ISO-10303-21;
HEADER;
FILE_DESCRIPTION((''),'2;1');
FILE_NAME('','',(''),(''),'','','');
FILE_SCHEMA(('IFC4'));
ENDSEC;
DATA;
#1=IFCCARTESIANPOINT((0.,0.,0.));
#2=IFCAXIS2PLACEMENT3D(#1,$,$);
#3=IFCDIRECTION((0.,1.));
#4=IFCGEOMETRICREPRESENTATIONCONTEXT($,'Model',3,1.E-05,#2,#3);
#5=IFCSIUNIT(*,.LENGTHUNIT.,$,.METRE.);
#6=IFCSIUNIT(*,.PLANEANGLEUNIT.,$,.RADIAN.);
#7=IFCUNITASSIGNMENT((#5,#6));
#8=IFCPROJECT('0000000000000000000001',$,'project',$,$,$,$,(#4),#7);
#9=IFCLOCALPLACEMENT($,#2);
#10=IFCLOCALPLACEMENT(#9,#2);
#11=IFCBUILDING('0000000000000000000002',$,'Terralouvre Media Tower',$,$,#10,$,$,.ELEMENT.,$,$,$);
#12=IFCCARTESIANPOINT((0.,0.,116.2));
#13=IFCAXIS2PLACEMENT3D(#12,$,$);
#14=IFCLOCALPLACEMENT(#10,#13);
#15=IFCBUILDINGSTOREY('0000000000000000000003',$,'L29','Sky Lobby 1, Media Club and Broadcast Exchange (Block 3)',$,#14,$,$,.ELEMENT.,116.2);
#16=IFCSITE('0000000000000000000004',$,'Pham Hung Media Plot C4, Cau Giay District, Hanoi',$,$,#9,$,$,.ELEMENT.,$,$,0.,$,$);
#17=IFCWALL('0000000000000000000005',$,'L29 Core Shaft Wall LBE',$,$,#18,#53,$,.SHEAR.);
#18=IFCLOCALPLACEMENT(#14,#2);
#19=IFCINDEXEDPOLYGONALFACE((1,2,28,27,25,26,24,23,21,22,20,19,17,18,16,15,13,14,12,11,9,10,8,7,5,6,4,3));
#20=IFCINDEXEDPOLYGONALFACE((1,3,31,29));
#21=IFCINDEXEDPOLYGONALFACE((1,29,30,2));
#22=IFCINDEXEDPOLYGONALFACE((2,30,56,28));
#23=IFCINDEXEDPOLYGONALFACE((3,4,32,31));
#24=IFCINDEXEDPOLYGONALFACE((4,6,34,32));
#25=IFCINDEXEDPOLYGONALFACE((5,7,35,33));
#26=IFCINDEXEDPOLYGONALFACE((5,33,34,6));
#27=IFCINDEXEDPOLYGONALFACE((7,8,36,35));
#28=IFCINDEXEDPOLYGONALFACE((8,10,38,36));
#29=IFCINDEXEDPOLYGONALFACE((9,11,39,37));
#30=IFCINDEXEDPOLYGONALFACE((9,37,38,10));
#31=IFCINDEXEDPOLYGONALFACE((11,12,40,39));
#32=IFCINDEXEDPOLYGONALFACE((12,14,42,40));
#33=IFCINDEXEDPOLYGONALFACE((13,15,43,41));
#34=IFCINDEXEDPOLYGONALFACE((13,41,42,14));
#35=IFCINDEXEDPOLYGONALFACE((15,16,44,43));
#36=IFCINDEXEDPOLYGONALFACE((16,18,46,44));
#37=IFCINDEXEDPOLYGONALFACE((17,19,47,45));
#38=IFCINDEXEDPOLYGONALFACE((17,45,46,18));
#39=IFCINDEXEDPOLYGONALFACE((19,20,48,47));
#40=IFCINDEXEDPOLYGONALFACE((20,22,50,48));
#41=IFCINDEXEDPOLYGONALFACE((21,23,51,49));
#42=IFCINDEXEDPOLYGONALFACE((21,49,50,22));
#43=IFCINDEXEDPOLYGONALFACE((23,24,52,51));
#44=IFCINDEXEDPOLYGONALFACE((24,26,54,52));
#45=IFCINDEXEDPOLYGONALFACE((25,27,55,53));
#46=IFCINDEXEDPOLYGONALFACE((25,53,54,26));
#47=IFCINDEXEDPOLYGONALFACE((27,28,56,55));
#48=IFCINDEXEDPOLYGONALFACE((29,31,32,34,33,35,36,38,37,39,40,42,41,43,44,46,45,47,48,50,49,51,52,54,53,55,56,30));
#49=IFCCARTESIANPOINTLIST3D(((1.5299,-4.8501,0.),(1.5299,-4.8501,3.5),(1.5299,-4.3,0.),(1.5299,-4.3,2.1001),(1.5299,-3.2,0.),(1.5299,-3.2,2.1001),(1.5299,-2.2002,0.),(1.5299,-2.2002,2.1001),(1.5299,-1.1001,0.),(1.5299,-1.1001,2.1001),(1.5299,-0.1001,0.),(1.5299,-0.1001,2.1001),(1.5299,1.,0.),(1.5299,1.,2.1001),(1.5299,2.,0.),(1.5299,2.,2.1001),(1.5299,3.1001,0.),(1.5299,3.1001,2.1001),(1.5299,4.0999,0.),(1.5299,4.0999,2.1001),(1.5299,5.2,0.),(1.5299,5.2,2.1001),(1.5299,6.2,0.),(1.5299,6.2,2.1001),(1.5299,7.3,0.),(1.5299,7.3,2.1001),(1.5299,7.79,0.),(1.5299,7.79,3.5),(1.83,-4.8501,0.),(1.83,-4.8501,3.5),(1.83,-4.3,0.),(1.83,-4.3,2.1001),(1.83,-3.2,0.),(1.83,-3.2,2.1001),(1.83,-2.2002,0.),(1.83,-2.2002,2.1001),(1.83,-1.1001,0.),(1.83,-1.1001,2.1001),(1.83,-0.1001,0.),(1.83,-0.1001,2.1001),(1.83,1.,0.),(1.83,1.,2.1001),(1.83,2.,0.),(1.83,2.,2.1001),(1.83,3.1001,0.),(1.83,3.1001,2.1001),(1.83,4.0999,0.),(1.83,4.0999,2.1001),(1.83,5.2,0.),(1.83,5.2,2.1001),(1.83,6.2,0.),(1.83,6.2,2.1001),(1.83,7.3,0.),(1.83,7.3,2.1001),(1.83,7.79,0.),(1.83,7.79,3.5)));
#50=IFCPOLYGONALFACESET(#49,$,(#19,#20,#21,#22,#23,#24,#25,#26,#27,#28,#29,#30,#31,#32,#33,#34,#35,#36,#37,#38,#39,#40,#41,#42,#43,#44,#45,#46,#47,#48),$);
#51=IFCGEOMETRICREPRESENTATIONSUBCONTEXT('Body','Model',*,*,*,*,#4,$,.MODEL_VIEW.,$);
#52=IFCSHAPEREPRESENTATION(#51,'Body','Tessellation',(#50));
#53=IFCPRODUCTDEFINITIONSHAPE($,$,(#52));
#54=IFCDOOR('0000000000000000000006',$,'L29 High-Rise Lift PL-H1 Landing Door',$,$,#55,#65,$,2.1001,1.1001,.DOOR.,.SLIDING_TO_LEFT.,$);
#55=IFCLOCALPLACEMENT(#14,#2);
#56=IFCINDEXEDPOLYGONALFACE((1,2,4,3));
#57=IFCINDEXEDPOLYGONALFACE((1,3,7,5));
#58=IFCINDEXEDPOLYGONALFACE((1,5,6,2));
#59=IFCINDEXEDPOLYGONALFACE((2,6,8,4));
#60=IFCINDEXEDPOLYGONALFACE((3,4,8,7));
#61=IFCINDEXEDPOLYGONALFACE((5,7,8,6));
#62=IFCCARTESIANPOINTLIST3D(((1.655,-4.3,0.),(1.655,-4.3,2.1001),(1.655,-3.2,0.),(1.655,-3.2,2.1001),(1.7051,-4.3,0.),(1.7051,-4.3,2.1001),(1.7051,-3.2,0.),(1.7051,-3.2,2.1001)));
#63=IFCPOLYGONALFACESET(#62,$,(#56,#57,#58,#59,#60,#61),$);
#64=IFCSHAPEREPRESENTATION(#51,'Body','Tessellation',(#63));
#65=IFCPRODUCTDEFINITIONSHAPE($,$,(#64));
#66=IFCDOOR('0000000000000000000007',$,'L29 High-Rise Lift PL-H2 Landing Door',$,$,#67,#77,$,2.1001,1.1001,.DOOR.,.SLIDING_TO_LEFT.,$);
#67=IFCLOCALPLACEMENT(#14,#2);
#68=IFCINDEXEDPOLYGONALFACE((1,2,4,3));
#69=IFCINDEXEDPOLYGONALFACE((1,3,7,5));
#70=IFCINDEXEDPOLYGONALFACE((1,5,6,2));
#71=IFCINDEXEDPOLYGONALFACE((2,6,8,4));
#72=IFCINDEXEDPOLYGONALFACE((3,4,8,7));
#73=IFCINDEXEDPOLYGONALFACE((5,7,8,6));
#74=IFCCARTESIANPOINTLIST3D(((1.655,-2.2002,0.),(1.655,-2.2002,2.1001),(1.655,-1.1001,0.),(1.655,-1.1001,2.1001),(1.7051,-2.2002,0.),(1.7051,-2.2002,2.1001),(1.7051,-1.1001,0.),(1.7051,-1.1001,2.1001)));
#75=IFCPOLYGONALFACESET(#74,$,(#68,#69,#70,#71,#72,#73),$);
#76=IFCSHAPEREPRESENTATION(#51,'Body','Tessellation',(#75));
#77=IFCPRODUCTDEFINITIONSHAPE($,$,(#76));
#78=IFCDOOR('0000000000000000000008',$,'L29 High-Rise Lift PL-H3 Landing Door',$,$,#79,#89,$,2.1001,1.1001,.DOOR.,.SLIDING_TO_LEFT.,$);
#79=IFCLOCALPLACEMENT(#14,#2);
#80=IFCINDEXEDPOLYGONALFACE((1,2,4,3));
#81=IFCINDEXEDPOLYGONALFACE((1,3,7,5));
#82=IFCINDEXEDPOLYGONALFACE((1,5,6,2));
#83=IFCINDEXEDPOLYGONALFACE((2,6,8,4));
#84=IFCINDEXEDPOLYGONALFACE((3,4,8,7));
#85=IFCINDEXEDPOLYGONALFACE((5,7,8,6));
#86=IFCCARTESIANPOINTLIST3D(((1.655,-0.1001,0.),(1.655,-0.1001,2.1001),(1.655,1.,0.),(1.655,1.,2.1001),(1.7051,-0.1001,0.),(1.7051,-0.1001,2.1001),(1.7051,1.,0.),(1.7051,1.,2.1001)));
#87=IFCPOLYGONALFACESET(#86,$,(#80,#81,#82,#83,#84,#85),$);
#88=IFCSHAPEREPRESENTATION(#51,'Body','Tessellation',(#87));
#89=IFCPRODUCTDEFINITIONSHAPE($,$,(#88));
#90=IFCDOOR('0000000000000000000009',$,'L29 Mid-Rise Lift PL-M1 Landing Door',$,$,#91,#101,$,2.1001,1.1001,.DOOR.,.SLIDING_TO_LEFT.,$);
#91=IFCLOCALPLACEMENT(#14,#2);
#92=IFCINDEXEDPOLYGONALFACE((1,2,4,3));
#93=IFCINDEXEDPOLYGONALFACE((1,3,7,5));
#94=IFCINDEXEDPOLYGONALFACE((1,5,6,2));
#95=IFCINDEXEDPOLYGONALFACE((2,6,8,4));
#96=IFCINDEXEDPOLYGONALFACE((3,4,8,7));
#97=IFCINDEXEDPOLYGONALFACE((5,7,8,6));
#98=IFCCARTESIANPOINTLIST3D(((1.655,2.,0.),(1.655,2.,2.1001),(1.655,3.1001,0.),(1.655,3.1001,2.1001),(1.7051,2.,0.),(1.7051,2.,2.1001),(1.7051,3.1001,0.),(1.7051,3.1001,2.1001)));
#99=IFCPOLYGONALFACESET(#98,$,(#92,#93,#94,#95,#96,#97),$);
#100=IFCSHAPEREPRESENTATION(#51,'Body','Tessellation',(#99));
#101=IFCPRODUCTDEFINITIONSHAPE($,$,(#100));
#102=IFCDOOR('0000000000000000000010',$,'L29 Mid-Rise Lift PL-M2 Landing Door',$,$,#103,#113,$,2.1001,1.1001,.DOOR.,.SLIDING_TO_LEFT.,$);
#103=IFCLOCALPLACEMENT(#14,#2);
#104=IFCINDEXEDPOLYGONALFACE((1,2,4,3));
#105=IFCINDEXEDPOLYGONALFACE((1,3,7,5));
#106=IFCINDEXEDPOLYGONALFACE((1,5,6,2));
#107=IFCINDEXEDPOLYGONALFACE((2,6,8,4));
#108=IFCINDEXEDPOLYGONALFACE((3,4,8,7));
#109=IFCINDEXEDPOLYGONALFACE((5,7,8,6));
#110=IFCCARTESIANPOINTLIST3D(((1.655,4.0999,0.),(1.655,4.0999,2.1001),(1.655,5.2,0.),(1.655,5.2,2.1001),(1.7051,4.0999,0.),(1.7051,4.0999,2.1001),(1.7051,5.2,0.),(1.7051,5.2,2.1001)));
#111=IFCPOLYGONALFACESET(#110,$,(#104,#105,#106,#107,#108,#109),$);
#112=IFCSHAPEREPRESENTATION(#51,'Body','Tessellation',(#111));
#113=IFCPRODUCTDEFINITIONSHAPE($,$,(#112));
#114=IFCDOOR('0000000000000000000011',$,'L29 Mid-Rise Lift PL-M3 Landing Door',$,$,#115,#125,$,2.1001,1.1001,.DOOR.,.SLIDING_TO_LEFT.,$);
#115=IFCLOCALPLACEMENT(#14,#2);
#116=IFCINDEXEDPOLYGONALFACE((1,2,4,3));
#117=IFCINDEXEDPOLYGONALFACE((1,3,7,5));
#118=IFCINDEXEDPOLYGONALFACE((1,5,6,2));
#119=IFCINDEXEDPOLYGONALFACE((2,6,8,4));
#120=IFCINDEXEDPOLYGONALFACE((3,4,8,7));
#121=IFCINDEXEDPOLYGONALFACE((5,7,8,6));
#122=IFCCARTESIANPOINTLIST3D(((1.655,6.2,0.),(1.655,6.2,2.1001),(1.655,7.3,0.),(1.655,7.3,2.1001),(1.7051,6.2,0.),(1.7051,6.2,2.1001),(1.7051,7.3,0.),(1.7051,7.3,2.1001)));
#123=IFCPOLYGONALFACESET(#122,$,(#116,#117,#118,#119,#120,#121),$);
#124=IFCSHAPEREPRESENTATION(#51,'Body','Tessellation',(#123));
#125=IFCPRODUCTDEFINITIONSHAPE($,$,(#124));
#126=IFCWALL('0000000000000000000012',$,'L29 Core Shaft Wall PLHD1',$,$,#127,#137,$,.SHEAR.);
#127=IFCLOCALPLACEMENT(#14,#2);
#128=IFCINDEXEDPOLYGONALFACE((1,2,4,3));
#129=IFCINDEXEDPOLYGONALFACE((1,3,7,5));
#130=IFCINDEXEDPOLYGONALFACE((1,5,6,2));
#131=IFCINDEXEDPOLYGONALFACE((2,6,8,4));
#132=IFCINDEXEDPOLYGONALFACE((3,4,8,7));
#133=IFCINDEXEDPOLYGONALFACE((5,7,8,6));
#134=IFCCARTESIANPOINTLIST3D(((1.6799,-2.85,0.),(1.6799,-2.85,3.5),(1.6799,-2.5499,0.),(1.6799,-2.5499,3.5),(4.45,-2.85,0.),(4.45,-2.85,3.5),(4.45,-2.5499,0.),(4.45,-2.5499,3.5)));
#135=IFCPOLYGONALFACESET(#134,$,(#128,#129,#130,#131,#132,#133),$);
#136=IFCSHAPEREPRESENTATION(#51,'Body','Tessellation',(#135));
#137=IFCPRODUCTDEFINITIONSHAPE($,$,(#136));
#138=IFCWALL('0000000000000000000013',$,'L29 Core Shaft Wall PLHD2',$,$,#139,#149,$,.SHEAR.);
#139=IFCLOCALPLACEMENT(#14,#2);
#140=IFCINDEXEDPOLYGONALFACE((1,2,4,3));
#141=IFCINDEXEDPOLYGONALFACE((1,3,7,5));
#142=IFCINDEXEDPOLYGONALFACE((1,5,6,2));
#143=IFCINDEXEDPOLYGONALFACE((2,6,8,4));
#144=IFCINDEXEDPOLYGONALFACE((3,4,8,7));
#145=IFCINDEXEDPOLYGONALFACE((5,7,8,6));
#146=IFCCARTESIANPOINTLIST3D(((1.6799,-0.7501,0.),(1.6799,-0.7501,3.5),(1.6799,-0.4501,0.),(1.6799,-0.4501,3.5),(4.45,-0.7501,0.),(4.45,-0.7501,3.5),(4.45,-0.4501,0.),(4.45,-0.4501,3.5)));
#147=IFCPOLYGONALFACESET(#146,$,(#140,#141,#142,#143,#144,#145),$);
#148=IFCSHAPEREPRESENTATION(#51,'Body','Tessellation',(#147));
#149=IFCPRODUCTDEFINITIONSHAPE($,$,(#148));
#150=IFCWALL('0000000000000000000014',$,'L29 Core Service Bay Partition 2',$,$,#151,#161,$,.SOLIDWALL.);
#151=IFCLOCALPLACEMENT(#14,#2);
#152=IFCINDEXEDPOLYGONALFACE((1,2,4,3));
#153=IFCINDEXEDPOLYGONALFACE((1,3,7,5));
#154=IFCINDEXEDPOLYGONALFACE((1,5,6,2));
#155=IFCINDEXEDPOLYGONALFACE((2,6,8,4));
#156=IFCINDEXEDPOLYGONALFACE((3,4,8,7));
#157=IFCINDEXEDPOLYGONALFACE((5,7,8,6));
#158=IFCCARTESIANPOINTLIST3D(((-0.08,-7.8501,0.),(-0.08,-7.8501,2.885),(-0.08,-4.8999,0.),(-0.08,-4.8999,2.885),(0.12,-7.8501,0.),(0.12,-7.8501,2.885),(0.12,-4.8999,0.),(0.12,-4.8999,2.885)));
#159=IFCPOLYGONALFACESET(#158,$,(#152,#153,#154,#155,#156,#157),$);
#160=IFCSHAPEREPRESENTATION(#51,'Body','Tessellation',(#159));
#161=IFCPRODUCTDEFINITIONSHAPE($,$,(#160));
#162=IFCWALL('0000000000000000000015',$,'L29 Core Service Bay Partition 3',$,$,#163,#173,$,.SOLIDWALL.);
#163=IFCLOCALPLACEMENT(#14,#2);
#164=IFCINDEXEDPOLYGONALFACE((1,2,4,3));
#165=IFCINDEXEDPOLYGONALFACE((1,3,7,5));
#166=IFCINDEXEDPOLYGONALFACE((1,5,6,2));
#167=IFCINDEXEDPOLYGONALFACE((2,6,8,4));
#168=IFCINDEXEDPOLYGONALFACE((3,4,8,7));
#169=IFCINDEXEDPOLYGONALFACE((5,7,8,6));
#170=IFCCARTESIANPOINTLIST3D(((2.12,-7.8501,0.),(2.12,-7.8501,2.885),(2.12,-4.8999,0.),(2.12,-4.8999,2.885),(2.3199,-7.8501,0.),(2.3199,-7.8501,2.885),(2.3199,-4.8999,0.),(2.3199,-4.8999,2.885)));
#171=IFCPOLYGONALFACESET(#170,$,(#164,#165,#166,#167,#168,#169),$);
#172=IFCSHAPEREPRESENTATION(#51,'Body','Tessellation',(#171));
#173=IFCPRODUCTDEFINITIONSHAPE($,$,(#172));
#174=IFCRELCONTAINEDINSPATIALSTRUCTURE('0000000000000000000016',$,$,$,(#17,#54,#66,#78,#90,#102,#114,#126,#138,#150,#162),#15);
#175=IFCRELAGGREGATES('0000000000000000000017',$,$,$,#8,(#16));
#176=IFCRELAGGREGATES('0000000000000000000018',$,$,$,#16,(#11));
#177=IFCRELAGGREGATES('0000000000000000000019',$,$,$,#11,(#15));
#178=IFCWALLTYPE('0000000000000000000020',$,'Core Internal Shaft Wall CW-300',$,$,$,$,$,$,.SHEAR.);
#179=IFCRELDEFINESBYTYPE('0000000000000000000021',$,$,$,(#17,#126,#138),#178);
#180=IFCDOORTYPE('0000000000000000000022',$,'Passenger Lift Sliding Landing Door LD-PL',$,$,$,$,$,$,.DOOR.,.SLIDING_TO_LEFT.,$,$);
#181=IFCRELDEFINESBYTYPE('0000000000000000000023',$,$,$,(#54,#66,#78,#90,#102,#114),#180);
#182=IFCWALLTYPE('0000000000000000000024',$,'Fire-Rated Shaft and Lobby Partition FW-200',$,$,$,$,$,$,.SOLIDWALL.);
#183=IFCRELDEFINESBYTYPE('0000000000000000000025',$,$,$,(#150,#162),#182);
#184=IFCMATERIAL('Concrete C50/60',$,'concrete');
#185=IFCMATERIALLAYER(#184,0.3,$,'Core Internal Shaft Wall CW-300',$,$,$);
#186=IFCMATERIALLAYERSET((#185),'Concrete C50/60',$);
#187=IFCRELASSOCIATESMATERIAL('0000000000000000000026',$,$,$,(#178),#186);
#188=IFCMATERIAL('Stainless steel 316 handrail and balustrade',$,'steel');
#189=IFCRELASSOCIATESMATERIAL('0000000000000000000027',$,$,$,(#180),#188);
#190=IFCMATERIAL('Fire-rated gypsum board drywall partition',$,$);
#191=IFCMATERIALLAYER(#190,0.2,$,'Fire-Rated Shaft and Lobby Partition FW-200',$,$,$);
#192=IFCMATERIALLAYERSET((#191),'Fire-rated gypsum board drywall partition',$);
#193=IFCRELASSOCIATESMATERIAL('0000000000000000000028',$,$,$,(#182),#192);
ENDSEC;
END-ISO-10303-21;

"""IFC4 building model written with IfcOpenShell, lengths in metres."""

from ifc_helpers import new_model, si_unit, direction, frame, frame_2d, origin, place, context, subcontext, project, spatial, rectangle, extrude, material, layer, layer_set, type_object, element, fill, save


model = new_model("IFC4")

# Units and contexts
model_context = context("Model", 3, precision=1e-05, world=origin(), true_north=direction((0.0, 1.0)))
body_context = subcontext(model_context, "Body", "Model", "MODEL_VIEW")
ifc_project = project(units=[si_unit("LENGTHUNIT", "METRE"), si_unit("PLANEANGLEUNIT", "RADIAN")], contexts=[model_context])

# Site, building, storey
site_placement = place(None, origin())
site = spatial("IfcSite", under=ifc_project, at=site_placement, Name="Pham Hung Media Plot C4, Cau Giay District, Hanoi", CompositionType="ELEMENT", RefElevation=0.0)
building_placement = place(site_placement, origin())
building = spatial("IfcBuilding", under=site, at=building_placement, Name="Terralouvre Media Tower", CompositionType="ELEMENT")
storey_placement = place(building_placement, frame((0.0, 0.0, 116.2)))
storey = spatial("IfcBuildingStorey", under=building, at=storey_placement, Name="L29", Description="Sky Lobby 1, Media Club and Broadcast Exchange (Block 3)", CompositionType="ELEMENT", Elevation=116.2)

# Shared definitions
ifc_material_1 = material(Name="Concrete C50/60", Category="concrete")
ifc_layer_1 = layer(ifc_material_1, 0.3, Name="Core Internal Shaft Wall CW-300")
ifc_layer_set_1 = layer_set([ifc_layer_1], Name="Concrete C50/60")
wall_type_1 = type_object("IfcWallType", Name="Core Internal Shaft Wall CW-300", PredefinedType="SHEAR", material=ifc_layer_set_1)

# Wall, openings, doors
wall_1_placement = place(storey_placement, frame((1.6799, -4.8501, 0.0), z_axis=(0.0, 0.0, 1.0), x_axis=(0.0, 1.0, 0.0)))
wall_1 = element("IfcWall", 1, at=wall_1_placement, inside=storey, type_object=wall_type_1, Name="L29 Core Shaft Wall LBE", PredefinedType="SHEAR", context=body_context, shape_type="SweptSolid", body=[
    extrude(rectangle(XDim=12.6401, YDim=0.3, at=frame_2d((6.3201, 0.0))), origin(), (0.0, 0.0, 1.0), 3.5),
])
opening_1_placement = place(wall_1_placement, frame((0.55, 0.0, 0.0)))
opening_1 = element("IfcOpeningElement", 2, at=opening_1_placement, cuts=wall_1, PredefinedType="OPENING", context=body_context, shape_type="SweptSolid", body=[
    extrude(rectangle(XDim=1.1001, YDim=2.1001, at=frame_2d((0.55, 1.05))), frame((0.0, 0.1599, 0.0), z_axis=(0.0, -1.0, 0.0), x_axis=(1.0, 0.0, 0.0)), (0.0, 0.0, 1.0), 0.3201),
])
opening_2_placement = place(wall_1_placement, frame((2.6499, 0.0, 0.0)))
opening_2 = element("IfcOpeningElement", 3, at=opening_2_placement, cuts=wall_1, PredefinedType="OPENING", context=body_context, shape_type="SweptSolid", body=[
    extrude(rectangle(XDim=1.1001, YDim=2.1001, at=frame_2d((0.55, 1.05))), frame((0.0, 0.1599, 0.0), z_axis=(0.0, -1.0, 0.0), x_axis=(1.0, 0.0, 0.0)), (0.0, 0.0, 1.0), 0.3201),
])
opening_3_placement = place(wall_1_placement, frame((4.75, 0.0, 0.0)))
opening_3 = element("IfcOpeningElement", 4, at=opening_3_placement, cuts=wall_1, PredefinedType="OPENING", context=body_context, shape_type="SweptSolid", body=[
    extrude(rectangle(XDim=1.1001, YDim=2.1001, at=frame_2d((0.55, 1.05))), frame((0.0, 0.1599, 0.0), z_axis=(0.0, -1.0, 0.0), x_axis=(1.0, 0.0, 0.0)), (0.0, 0.0, 1.0), 0.3201),
])
opening_4_placement = place(wall_1_placement, frame((6.8501, 0.0, 0.0)))
opening_4 = element("IfcOpeningElement", 5, at=opening_4_placement, cuts=wall_1, PredefinedType="OPENING", context=body_context, shape_type="SweptSolid", body=[
    extrude(rectangle(XDim=1.1001, YDim=2.1001, at=frame_2d((0.55, 1.05))), frame((0.0, 0.1599, 0.0), z_axis=(0.0, -1.0, 0.0), x_axis=(1.0, 0.0, 0.0)), (0.0, 0.0, 1.0), 0.3201),
])
opening_5_placement = place(wall_1_placement, frame((8.95, 0.0, 0.0)))
opening_5 = element("IfcOpeningElement", 6, at=opening_5_placement, cuts=wall_1, PredefinedType="OPENING", context=body_context, shape_type="SweptSolid", body=[
    extrude(rectangle(XDim=1.1001, YDim=2.1001, at=frame_2d((0.55, 1.05))), frame((0.0, 0.1599, 0.0), z_axis=(0.0, -1.0, 0.0), x_axis=(1.0, 0.0, 0.0)), (0.0, 0.0, 1.0), 0.3201),
])
opening_6_placement = place(wall_1_placement, frame((11.05, 0.0, 0.0)))
opening_6 = element("IfcOpeningElement", 7, at=opening_6_placement, cuts=wall_1, PredefinedType="OPENING", context=body_context, shape_type="SweptSolid", body=[
    extrude(rectangle(XDim=1.1001, YDim=2.1001, at=frame_2d((0.55, 1.05))), frame((0.0, 0.1599, 0.0), z_axis=(0.0, -1.0, 0.0), x_axis=(1.0, 0.0, 0.0)), (0.0, 0.0, 1.0), 0.3201),
])
ifc_material_2 = material(Name="Stainless steel 316 handrail and balustrade", Category="steel")
door_type_1 = type_object("IfcDoorType", Name="Passenger Lift Sliding Landing Door LD-PL", OperationType="SLIDING_TO_LEFT", PredefinedType="DOOR", material=ifc_material_2)
door_1_placement = place(opening_1_placement, origin())
door_1 = element("IfcDoor", 8, at=door_1_placement, inside=storey, type_object=door_type_1, Name="L29 High-Rise Lift PL-H1 Landing Door", OperationType="SLIDING_TO_LEFT", OverallHeight=2.1001, OverallWidth=1.1001, PredefinedType="DOOR", context=body_context, shape_type="SweptSolid", body=[
    extrude(rectangle(XDim=1.1001, YDim=2.1001, at=frame_2d((0.55, 1.05))), frame((0.0, 0.0249, 0.0), z_axis=(0.0, -1.0, 0.0), x_axis=(1.0, 0.0, 0.0)), (0.0, 0.0, 1.0), 0.05),
])
fill(opening_1, door_1)
door_2_placement = place(opening_2_placement, origin())
door_2 = element("IfcDoor", 9, at=door_2_placement, inside=storey, type_object=door_type_1, Name="L29 High-Rise Lift PL-H2 Landing Door", OperationType="SLIDING_TO_LEFT", OverallHeight=2.1001, OverallWidth=1.1001, PredefinedType="DOOR", context=body_context, shape_type="SweptSolid", body=[
    extrude(rectangle(XDim=1.1001, YDim=2.1001, at=frame_2d((0.55, 1.05))), frame((0.0, 0.0249, 0.0), z_axis=(0.0, -1.0, 0.0), x_axis=(1.0, 0.0, 0.0)), (0.0, 0.0, 1.0), 0.05),
])
fill(opening_2, door_2)
door_3_placement = place(opening_3_placement, origin())
door_3 = element("IfcDoor", 10, at=door_3_placement, inside=storey, type_object=door_type_1, Name="L29 High-Rise Lift PL-H3 Landing Door", OperationType="SLIDING_TO_LEFT", OverallHeight=2.1001, OverallWidth=1.1001, PredefinedType="DOOR", context=body_context, shape_type="SweptSolid", body=[
    extrude(rectangle(XDim=1.1001, YDim=2.1001, at=frame_2d((0.55, 1.05))), frame((0.0, 0.0249, 0.0), z_axis=(0.0, -1.0, 0.0), x_axis=(1.0, 0.0, 0.0)), (0.0, 0.0, 1.0), 0.05),
])
fill(opening_3, door_3)
door_4_placement = place(opening_4_placement, origin())
door_4 = element("IfcDoor", 11, at=door_4_placement, inside=storey, type_object=door_type_1, Name="L29 Mid-Rise Lift PL-M1 Landing Door", OperationType="SLIDING_TO_LEFT", OverallHeight=2.1001, OverallWidth=1.1001, PredefinedType="DOOR", context=body_context, shape_type="SweptSolid", body=[
    extrude(rectangle(XDim=1.1001, YDim=2.1001, at=frame_2d((0.55, 1.05))), frame((0.0, 0.0249, 0.0), z_axis=(0.0, -1.0, 0.0), x_axis=(1.0, 0.0, 0.0)), (0.0, 0.0, 1.0), 0.05),
])
fill(opening_4, door_4)
door_5_placement = place(opening_5_placement, origin())
door_5 = element("IfcDoor", 12, at=door_5_placement, inside=storey, type_object=door_type_1, Name="L29 Mid-Rise Lift PL-M2 Landing Door", OperationType="SLIDING_TO_LEFT", OverallHeight=2.1001, OverallWidth=1.1001, PredefinedType="DOOR", context=body_context, shape_type="SweptSolid", body=[
    extrude(rectangle(XDim=1.1001, YDim=2.1001, at=frame_2d((0.55, 1.05))), frame((0.0, 0.0249, 0.0), z_axis=(0.0, -1.0, 0.0), x_axis=(1.0, 0.0, 0.0)), (0.0, 0.0, 1.0), 0.05),
])
fill(opening_5, door_5)
door_6_placement = place(opening_6_placement, origin())
door_6 = element("IfcDoor", 13, at=door_6_placement, inside=storey, type_object=door_type_1, Name="L29 Mid-Rise Lift PL-M3 Landing Door", OperationType="SLIDING_TO_LEFT", OverallHeight=2.1001, OverallWidth=1.1001, PredefinedType="DOOR", context=body_context, shape_type="SweptSolid", body=[
    extrude(rectangle(XDim=1.1001, YDim=2.1001, at=frame_2d((0.55, 1.05))), frame((0.0, 0.0249, 0.0), z_axis=(0.0, -1.0, 0.0), x_axis=(1.0, 0.0, 0.0)), (0.0, 0.0, 1.0), 0.05),
])
fill(opening_6, door_6)

# Walls
for number, where, z_axis, x_axis, name in (
    (14, (1.6799, -2.7, 0.0), (0.0, 0.0, 1.0), (1.0, 0.0, 0.0), "L29 Core Shaft Wall PLHD1"),
    (15, (1.6799, -0.6001, 0.0), (0.0, 0.0, 1.0), (1.0, 0.0, 0.0), "L29 Core Shaft Wall PLHD2"),
):
    element("IfcWall", number, at=place(storey_placement, frame(where, z_axis=z_axis, x_axis=x_axis)), inside=storey, type_object=wall_type_1, Name=name, PredefinedType="SHEAR", context=body_context, shape_type="SweptSolid", body=[
        extrude(rectangle(XDim=2.77, YDim=0.3, at=frame_2d((1.385, 0.0))), origin(), (0.0, 0.0, 1.0), 3.5),
    ])
ifc_material_3 = material(Name="Fire-rated gypsum board drywall partition")
ifc_layer_2 = layer(ifc_material_3, 0.2, Name="Fire-Rated Shaft and Lobby Partition FW-200")
ifc_layer_set_2 = layer_set([ifc_layer_2], Name="Fire-rated gypsum board drywall partition")
wall_type_2 = type_object("IfcWallType", Name="Fire-Rated Shaft and Lobby Partition FW-200", PredefinedType="SOLIDWALL", material=ifc_layer_set_2)
for number, where, z_axis, x_axis, name in (
    (16, (0.02, -7.8501, 0.0), (0.0, 0.0, 1.0), (0.0, 1.0, 0.0), "L29 Core Service Bay Partition 2"),
    (17, (2.22, -7.8501, 0.0), (0.0, 0.0, 1.0), (0.0, 1.0, 0.0), "L29 Core Service Bay Partition 3"),
):
    element("IfcWall", number, at=place(storey_placement, frame(where, z_axis=z_axis, x_axis=x_axis)), inside=storey, type_object=wall_type_2, Name=name, PredefinedType="SOLIDWALL", context=body_context, shape_type="SweptSolid", body=[
        extrude(rectangle(XDim=2.9502, YDim=0.2, at=frame_2d((1.4751, 0.0))), origin(), (0.0, 0.0, 1.0), 2.885),
    ])

save(model, "model.ifc")
